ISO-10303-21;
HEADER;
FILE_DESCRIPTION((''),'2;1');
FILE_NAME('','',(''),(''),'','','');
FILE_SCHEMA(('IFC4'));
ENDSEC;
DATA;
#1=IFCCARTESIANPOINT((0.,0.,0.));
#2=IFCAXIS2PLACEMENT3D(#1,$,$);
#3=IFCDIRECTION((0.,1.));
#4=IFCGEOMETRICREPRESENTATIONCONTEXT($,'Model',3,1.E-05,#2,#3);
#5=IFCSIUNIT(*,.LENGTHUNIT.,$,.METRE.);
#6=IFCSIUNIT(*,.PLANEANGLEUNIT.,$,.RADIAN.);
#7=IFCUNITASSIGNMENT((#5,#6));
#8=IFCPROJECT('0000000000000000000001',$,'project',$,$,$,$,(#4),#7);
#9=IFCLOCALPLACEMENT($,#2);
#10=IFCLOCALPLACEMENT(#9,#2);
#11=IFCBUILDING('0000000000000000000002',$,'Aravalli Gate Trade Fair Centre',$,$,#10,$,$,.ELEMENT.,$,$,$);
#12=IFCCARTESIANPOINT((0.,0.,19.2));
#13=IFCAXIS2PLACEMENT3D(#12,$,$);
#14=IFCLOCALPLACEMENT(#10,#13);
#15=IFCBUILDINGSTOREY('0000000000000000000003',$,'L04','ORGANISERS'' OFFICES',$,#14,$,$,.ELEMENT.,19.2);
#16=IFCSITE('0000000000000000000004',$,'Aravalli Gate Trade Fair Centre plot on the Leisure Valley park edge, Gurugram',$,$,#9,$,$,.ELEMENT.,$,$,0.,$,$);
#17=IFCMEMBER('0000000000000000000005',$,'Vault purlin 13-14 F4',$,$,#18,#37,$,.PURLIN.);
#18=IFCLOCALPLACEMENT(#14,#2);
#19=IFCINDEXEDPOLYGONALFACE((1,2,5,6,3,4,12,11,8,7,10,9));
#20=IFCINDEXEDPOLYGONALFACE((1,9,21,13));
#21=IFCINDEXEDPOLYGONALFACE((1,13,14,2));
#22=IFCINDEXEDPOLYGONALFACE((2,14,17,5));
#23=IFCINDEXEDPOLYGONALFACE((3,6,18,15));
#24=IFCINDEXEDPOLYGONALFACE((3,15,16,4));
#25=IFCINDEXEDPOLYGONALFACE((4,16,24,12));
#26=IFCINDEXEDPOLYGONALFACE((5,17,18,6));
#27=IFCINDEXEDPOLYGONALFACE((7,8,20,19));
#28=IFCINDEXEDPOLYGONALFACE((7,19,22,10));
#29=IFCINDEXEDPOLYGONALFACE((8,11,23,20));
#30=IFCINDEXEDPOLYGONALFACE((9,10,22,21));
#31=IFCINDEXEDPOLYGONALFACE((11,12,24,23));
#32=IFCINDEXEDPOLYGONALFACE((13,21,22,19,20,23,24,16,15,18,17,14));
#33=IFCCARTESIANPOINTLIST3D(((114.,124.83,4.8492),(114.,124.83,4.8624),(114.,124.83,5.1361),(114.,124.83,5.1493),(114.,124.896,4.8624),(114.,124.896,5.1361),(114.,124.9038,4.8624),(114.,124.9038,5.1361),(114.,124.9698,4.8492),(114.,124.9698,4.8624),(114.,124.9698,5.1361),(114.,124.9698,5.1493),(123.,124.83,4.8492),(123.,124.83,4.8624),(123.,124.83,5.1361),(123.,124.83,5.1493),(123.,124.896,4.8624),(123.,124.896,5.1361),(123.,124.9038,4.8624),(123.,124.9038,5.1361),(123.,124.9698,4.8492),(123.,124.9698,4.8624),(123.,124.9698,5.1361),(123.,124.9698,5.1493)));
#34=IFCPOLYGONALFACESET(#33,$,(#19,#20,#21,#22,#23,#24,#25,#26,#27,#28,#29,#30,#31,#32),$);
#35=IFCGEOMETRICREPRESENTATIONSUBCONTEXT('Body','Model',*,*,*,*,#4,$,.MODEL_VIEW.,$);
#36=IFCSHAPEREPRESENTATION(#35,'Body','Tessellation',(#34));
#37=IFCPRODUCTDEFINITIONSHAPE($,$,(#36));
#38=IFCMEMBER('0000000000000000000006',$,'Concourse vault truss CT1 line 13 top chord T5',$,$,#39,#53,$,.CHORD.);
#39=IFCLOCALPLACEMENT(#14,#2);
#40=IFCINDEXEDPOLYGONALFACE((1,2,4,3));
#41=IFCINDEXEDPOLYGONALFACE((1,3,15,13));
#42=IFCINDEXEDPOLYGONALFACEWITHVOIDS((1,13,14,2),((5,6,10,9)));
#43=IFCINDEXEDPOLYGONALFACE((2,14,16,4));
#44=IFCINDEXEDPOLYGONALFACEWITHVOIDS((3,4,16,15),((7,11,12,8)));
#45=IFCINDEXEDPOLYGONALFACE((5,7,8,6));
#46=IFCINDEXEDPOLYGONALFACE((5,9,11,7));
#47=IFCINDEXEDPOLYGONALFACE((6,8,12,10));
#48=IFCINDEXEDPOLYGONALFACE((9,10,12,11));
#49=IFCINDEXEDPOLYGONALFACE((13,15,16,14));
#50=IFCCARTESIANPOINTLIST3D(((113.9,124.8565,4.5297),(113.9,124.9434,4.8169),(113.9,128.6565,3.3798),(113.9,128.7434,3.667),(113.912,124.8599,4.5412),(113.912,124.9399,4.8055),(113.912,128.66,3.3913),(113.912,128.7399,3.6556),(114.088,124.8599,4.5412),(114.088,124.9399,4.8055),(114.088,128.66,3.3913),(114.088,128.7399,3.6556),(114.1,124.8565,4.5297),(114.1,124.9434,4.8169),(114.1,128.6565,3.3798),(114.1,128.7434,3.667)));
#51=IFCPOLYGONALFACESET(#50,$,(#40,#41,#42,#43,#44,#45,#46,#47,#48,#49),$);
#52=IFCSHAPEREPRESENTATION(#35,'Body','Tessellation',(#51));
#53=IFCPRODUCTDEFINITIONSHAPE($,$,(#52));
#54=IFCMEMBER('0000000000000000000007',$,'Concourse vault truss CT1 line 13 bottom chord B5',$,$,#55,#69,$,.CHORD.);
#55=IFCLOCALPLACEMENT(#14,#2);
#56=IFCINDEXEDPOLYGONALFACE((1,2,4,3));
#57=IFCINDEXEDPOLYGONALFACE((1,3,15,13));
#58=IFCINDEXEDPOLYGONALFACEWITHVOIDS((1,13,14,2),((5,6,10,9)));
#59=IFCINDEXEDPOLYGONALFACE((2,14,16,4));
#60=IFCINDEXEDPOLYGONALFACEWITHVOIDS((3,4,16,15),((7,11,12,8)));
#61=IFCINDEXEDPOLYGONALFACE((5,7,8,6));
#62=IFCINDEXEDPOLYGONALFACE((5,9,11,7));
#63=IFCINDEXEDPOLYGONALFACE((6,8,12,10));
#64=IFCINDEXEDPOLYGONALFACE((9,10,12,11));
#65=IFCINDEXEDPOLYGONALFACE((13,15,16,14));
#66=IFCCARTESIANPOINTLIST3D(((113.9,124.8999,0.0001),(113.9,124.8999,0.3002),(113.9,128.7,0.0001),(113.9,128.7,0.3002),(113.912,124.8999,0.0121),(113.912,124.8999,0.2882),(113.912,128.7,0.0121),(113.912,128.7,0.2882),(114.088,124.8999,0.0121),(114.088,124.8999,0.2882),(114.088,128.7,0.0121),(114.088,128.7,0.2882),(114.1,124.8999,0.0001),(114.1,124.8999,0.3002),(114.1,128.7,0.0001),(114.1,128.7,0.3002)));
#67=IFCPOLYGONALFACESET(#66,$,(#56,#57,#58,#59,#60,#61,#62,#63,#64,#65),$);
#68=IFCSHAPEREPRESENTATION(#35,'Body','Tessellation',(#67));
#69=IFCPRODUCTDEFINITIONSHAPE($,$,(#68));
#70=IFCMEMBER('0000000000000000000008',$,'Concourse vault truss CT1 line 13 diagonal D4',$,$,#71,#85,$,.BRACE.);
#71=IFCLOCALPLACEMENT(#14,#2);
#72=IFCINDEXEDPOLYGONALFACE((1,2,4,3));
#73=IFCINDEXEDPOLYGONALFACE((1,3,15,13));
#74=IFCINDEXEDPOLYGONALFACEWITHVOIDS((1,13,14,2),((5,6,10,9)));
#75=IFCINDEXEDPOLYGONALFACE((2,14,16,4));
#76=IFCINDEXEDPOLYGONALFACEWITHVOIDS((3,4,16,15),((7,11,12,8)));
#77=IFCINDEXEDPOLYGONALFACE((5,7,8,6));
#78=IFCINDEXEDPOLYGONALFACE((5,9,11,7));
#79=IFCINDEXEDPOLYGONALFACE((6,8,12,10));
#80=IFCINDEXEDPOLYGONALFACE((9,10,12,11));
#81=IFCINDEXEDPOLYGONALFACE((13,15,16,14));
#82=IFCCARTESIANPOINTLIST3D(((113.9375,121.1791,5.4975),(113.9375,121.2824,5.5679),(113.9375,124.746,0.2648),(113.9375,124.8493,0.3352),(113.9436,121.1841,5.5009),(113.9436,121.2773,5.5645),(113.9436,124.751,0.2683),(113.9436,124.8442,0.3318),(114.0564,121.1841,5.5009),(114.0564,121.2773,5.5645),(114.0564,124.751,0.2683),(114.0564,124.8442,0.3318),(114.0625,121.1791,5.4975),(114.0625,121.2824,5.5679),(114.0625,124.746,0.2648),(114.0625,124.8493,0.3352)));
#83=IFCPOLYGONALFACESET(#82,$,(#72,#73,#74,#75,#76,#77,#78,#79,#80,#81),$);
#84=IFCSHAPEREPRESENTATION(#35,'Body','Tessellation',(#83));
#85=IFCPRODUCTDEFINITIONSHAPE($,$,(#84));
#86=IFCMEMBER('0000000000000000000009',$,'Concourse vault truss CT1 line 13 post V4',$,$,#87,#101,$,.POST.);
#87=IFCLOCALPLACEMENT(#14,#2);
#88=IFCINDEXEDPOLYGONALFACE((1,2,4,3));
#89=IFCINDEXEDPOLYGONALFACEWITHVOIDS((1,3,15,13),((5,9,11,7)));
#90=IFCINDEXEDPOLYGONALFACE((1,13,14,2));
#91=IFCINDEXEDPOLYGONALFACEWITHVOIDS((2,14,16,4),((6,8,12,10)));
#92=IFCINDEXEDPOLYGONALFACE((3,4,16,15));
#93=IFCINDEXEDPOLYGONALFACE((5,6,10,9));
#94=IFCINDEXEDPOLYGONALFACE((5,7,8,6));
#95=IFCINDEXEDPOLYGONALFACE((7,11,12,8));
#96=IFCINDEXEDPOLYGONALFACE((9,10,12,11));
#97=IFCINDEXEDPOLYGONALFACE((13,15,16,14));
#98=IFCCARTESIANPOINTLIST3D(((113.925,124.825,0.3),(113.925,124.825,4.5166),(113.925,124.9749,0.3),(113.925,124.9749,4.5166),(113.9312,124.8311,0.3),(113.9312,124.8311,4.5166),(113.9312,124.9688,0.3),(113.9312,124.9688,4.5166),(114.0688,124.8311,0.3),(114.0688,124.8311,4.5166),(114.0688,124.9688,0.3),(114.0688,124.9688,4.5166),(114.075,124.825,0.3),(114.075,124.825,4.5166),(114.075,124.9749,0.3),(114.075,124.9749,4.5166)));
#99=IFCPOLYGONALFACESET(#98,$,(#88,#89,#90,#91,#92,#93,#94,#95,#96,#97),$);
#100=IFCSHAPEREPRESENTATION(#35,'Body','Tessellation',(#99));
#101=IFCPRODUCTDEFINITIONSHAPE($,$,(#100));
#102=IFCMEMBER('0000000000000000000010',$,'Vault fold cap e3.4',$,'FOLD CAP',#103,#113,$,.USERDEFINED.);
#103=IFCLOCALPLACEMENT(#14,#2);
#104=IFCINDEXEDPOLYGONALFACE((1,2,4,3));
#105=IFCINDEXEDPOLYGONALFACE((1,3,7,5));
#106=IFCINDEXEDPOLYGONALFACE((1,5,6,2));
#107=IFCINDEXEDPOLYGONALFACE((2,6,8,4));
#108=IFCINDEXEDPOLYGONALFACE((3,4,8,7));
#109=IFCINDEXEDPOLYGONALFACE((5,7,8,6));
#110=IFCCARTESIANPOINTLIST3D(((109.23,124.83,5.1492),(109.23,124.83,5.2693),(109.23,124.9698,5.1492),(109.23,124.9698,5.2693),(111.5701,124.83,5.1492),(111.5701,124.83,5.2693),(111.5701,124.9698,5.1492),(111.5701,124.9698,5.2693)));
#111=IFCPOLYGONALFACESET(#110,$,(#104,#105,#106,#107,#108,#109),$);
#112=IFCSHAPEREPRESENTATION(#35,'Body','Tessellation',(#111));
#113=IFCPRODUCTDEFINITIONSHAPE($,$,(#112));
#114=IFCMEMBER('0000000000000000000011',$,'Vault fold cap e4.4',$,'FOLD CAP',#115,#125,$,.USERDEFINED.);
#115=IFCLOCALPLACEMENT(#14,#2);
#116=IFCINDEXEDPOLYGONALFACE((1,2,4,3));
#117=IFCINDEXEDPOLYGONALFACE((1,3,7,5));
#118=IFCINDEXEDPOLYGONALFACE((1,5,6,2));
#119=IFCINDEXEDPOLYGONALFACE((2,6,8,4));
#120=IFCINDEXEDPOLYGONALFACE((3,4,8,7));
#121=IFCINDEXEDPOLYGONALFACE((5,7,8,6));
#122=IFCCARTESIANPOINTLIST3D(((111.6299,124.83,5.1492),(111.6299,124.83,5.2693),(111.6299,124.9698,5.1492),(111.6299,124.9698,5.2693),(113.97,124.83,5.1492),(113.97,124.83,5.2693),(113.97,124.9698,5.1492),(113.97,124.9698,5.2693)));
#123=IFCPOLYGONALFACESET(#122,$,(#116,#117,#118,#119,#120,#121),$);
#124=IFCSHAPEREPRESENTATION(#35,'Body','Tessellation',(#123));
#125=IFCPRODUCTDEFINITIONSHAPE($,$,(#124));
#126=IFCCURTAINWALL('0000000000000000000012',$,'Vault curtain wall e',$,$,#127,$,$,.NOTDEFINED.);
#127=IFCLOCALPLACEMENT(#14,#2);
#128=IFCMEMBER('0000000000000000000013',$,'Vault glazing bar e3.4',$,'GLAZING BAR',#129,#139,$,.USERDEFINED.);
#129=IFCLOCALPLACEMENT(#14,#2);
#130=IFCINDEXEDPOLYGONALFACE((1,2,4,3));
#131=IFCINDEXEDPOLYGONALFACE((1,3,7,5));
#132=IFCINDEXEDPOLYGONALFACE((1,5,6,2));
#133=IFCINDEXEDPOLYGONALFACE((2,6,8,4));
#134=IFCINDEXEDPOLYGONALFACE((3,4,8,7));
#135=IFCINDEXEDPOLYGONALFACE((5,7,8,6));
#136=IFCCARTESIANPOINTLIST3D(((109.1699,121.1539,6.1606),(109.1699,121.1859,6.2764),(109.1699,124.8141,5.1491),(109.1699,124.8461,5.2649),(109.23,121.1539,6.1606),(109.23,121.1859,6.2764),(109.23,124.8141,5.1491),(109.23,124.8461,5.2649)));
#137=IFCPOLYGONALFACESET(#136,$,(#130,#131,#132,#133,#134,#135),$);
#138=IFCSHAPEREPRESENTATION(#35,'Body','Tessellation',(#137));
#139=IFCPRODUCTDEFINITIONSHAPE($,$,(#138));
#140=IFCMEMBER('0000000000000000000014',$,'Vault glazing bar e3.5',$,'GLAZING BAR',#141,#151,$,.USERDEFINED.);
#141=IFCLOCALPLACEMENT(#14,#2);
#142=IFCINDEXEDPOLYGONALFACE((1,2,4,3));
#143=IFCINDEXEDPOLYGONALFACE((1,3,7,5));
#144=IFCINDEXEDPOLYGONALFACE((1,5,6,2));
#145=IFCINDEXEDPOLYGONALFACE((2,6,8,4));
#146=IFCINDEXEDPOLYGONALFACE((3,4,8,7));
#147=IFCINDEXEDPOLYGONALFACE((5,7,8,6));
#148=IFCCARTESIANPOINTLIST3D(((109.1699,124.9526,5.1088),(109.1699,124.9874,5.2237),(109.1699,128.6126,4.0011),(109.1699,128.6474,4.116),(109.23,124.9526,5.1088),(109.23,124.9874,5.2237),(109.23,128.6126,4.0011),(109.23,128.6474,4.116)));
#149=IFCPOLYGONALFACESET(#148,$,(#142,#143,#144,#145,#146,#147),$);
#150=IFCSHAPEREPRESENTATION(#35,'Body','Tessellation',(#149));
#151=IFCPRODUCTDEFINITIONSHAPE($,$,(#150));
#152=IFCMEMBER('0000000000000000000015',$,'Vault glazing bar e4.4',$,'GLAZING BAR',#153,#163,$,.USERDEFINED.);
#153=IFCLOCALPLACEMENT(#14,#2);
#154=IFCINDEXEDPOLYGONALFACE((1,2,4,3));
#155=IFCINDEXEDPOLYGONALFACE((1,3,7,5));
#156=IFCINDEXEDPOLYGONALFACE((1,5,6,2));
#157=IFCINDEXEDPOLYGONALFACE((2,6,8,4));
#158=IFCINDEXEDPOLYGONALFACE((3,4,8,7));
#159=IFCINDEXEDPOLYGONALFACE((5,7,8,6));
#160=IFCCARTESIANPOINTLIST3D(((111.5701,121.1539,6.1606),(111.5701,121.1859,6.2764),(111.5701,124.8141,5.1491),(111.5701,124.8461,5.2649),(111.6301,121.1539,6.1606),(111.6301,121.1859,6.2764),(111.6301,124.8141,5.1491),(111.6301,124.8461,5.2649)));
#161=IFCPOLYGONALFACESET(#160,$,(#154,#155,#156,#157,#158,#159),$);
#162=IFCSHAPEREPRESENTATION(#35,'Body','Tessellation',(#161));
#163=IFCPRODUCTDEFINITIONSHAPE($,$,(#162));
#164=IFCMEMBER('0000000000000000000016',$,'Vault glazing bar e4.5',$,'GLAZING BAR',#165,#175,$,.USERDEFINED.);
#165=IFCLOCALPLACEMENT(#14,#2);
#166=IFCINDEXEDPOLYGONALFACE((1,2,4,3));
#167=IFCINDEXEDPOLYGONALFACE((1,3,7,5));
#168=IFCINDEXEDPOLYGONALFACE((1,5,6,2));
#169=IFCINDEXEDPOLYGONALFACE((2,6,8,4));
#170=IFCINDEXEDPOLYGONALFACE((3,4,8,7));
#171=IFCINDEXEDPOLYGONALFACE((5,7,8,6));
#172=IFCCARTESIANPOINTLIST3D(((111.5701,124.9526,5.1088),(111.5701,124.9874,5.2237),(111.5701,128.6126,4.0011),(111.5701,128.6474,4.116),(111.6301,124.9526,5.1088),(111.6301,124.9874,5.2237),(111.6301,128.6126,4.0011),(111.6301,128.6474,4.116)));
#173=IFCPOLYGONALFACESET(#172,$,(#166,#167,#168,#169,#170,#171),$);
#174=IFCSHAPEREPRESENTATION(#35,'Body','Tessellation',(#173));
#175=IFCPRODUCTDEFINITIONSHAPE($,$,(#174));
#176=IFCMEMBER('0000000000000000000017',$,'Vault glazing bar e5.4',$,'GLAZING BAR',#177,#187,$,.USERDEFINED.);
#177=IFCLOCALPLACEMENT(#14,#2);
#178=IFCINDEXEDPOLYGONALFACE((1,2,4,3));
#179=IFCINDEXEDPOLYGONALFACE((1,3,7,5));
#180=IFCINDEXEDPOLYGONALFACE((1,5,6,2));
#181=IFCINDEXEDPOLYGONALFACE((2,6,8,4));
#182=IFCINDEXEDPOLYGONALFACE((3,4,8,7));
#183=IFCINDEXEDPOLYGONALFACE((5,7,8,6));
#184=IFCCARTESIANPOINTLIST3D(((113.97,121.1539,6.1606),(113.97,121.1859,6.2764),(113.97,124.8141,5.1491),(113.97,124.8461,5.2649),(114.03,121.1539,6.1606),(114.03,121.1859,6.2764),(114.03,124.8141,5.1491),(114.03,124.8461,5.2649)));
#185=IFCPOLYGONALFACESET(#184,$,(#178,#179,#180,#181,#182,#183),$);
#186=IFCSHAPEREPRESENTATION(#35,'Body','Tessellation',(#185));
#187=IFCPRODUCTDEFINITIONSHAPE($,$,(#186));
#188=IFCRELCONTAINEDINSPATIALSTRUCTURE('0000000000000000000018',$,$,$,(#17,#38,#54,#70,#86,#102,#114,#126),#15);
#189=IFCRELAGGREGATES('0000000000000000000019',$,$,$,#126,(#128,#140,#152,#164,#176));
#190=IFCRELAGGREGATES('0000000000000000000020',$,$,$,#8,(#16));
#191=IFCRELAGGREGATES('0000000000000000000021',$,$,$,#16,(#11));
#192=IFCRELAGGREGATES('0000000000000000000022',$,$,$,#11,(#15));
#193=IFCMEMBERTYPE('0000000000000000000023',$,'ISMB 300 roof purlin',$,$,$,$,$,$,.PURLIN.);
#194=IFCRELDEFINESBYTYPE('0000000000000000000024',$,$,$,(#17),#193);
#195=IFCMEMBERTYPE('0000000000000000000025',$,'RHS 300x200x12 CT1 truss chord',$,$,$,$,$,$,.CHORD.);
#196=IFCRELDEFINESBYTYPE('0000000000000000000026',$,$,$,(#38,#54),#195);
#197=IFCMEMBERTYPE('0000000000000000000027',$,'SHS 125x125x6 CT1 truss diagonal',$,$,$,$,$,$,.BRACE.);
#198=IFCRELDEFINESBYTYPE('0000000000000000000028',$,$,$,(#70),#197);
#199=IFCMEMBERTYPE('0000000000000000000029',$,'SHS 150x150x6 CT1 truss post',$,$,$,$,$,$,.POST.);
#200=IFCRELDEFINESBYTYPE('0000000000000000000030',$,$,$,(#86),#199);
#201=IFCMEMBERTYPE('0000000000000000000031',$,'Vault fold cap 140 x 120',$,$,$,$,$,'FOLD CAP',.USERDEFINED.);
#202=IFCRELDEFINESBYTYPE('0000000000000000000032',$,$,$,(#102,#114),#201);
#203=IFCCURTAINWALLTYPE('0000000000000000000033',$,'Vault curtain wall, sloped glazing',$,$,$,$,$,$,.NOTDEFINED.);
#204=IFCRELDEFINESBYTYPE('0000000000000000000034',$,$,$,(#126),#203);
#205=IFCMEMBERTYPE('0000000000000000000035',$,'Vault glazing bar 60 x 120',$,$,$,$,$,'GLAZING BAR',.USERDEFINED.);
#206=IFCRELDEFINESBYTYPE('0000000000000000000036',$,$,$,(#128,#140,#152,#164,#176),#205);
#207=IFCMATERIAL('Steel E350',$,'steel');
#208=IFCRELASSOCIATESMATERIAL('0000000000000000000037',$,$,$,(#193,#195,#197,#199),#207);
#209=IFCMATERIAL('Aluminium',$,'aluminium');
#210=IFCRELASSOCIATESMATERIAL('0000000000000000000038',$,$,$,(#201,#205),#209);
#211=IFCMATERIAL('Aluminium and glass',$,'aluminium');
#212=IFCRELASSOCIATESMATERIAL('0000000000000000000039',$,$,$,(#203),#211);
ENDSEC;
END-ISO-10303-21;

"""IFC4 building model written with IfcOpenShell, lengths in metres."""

from ifc_helpers import new_model, si_unit, direction, frame, origin, origin_2d, place, context, subcontext, project, spatial, rectangle, hollow_rectangle, i_section, extrude, material, material_profile, profile_set, type_object, element, aggregate, save


model = new_model("IFC4")

# Units and contexts
model_context = context("Model", 3, precision=1e-05, world=origin(), true_north=direction((0.0, 1.0)))
body_context = subcontext(model_context, "Body", "Model", "MODEL_VIEW")
ifc_project = project(units=[si_unit("LENGTHUNIT", "METRE"), si_unit("PLANEANGLEUNIT", "RADIAN")], contexts=[model_context])

# Site, building, storey
site_placement = place(None, origin())
site = spatial("IfcSite", under=ifc_project, at=site_placement, Name="Aravalli Gate Trade Fair Centre plot on the Leisure Valley park edge, Gurugram", CompositionType="ELEMENT", RefElevation=0.0)
building_placement = place(site_placement, origin())
building = spatial("IfcBuilding", under=site, at=building_placement, Name="Aravalli Gate Trade Fair Centre", CompositionType="ELEMENT")
storey_placement = place(building_placement, frame((0.0, 0.0, 19.2)))
storey = spatial("IfcBuildingStorey", under=building, at=storey_placement, Name="L04", Description="ORGANISERS' OFFICES", CompositionType="ELEMENT", Elevation=19.2)

# Members
ifc_material_1 = material(Name="Steel E350", Category="steel")
ifc_material_profile_1 = material_profile(ifc_material_1, i_section(OverallWidth=0.1399, OverallDepth=0.3, WebThickness=0.0078, FlangeThickness=0.0132, at=origin_2d()), Name="ISMB 300")
ifc_profile_set_1 = profile_set([ifc_material_profile_1], Name="Steel E350")
member_type_1 = type_object("IfcMemberType", Name="ISMB 300 roof purlin", PredefinedType="PURLIN", material=ifc_profile_set_1)
member_1_placement = place(storey_placement, frame((114.0, 124.8999, 4.9993), z_axis=(1.0, 0.0, 0.0), x_axis=(0.0, 1.0, 0.0)))
element("IfcMember", 1, at=member_1_placement, inside=storey, type_object=member_type_1, Name="Vault purlin 13-14 F4", PredefinedType="PURLIN", context=body_context, shape_type="SweptSolid", body=[
    extrude(i_section(OverallWidth=0.1399, OverallDepth=0.3, WebThickness=0.0078, FlangeThickness=0.0132, at=origin_2d()), origin(), (0.0, 0.0, 1.0), 9.0),
])
ifc_material_profile_2 = material_profile(ifc_material_1, hollow_rectangle(XDim=0.2, YDim=0.3, WallThickness=0.012, at=origin_2d()), Name="RHS 300x200x12")
ifc_profile_set_2 = profile_set([ifc_material_profile_2], Name="Steel E350")
member_type_2 = type_object("IfcMemberType", Name="RHS 300x200x12 CT1 truss chord", PredefinedType="CHORD", material=ifc_profile_set_2)
member_2_placement = place(storey_placement, frame((114.0, 124.8999, 4.6733), z_axis=(0.0, 0.957138, -0.289632), x_axis=(-1.0, 0.0, 0.0)))
element("IfcMember", 2, at=member_2_placement, inside=storey, type_object=member_type_2, Name="Concourse vault truss CT1 line 13 top chord T5", PredefinedType="CHORD", context=body_context, shape_type="SweptSolid", body=[
    extrude(hollow_rectangle(XDim=0.2, YDim=0.3, WallThickness=0.012, at=origin_2d()), origin(), (0.0, 0.0, 1.0), 3.9702),
])
member_3_placement = place(storey_placement, frame((114.0, 124.8999, 0.1501), z_axis=(0.0, 1.0, 0.0), x_axis=(-1.0, 0.0, 0.0)))
element("IfcMember", 3, at=member_3_placement, inside=storey, type_object=member_type_2, Name="Concourse vault truss CT1 line 13 bottom chord B5", PredefinedType="CHORD", context=body_context, shape_type="SweptSolid", body=[
    extrude(hollow_rectangle(XDim=0.2, YDim=0.3, WallThickness=0.012, at=origin_2d()), origin(), (0.0, 0.0, 1.0), 3.8),
])
ifc_material_profile_3 = material_profile(ifc_material_1, hollow_rectangle(XDim=0.125, YDim=0.125, WallThickness=0.0061, at=origin_2d()), Name="SHS 125x125x6")
ifc_profile_set_3 = profile_set([ifc_material_profile_3], Name="Steel E350")
member_type_3 = type_object("IfcMemberType", Name="SHS 125x125x6 CT1 truss diagonal", PredefinedType="BRACE", material=ifc_profile_set_3)
member_4_placement = place(storey_placement, frame((114.0, 121.2307, 5.5327), z_axis=(0.0, 0.563247, -0.826289), x_axis=(-1.0, 0.0, 0.0)))
element("IfcMember", 4, at=member_4_placement, inside=storey, type_object=member_type_3, Name="Concourse vault truss CT1 line 13 diagonal D4", PredefinedType="BRACE", context=body_context, shape_type="SweptSolid", body=[
    extrude(hollow_rectangle(XDim=0.125, YDim=0.125, WallThickness=0.0061, at=origin_2d()), origin(), (0.0, 0.0, 1.0), 6.3328),
])
ifc_material_profile_4 = material_profile(ifc_material_1, hollow_rectangle(XDim=0.1499, YDim=0.1499, WallThickness=0.0061, at=origin_2d()), Name="SHS 150x150x6")
ifc_profile_set_4 = profile_set([ifc_material_profile_4], Name="Steel E350")
member_type_4 = type_object("IfcMemberType", Name="SHS 150x150x6 CT1 truss post", PredefinedType="POST", material=ifc_profile_set_4)
member_5_placement = place(storey_placement, frame((114.0, 124.8999, 0.3), z_axis=(0.0, 0.0, 1.0), x_axis=(1.0, 0.0, 0.0)))
element("IfcMember", 5, at=member_5_placement, inside=storey, type_object=member_type_4, Name="Concourse vault truss CT1 line 13 post V4", PredefinedType="POST", context=body_context, shape_type="SweptSolid", body=[
    extrude(hollow_rectangle(XDim=0.1499, YDim=0.1499, WallThickness=0.0061, at=origin_2d()), origin(), (0.0, 0.0, 1.0), 4.2166),
])
ifc_material_2 = material(Name="Aluminium", Category="aluminium")
ifc_material_profile_5 = material_profile(ifc_material_2, rectangle(XDim=0.1399, YDim=0.1201, at=origin_2d()), Name="Vault fold cap 140 x 120")
ifc_profile_set_5 = profile_set([ifc_material_profile_5], Name="Aluminium")
member_type_5 = type_object("IfcMemberType", Name="Vault fold cap 140 x 120", ElementType="FOLD CAP", PredefinedType="USERDEFINED", material=ifc_profile_set_5)
for number, where, z_axis, x_axis, name in (
    (6, (109.23, 124.8999, 5.2092), (1.0, 0.0, 0.0), (0.0, 1.0, 0.0), "Vault fold cap e3.4"),
    (7, (111.6299, 124.8999, 5.2092), (1.0, 0.0, 0.0), (0.0, 1.0, 0.0), "Vault fold cap e4.4"),
):
    element("IfcMember", number, at=place(storey_placement, frame(where, z_axis=z_axis, x_axis=x_axis)), inside=storey, type_object=member_type_5, Name=name, ObjectType="FOLD CAP", PredefinedType="USERDEFINED", context=body_context, shape_type="SweptSolid", body=[
        extrude(rectangle(XDim=0.1399, YDim=0.1201, at=origin_2d()), origin(), (0.0, 0.0, 1.0), 2.3401),
    ])

# Curtain wall, members
ifc_material_3 = material(Name="Aluminium and glass", Category="aluminium")
curtain_wall_type = type_object("IfcCurtainWallType", Name="Vault curtain wall, sloped glazing", PredefinedType="NOTDEFINED", material=ifc_material_3)
curtain_wall_placement = place(storey_placement, origin())
curtain_wall = element("IfcCurtainWall", 8, at=curtain_wall_placement, inside=storey, type_object=curtain_wall_type, Name="Vault curtain wall e", PredefinedType="NOTDEFINED")
ifc_material_profile_6 = material_profile(ifc_material_2, rectangle(XDim=0.0601, YDim=0.1201, at=origin_2d()), Name="Vault glazing bar 60 x 120")
ifc_profile_set_6 = profile_set([ifc_material_profile_6], Name="Aluminium")
member_type_6 = type_object("IfcMemberType", Name="Vault glazing bar 60 x 120", ElementType="GLAZING BAR", PredefinedType="USERDEFINED", material=ifc_profile_set_6)
member_6_placement = place(storey_placement, frame((109.2, 121.1699, 6.2185), z_axis=(0.0, 0.963873, -0.266364), x_axis=(-1.0, 0.0, 0.0)))
member_6 = element("IfcMember", 9, at=member_6_placement, type_object=member_type_6, Name="Vault glazing bar e3.4", ObjectType="GLAZING BAR", PredefinedType="USERDEFINED", context=body_context, shape_type="SweptSolid", body=[
    extrude(rectangle(XDim=0.0601, YDim=0.1201, at=origin_2d()), origin(), (0.0, 0.0, 1.0), 3.7974),
])
member_7_placement = place(storey_placement, frame((109.2, 124.97, 5.1663), z_axis=(0.0, 0.957126, -0.289672), x_axis=(-1.0, 0.0, 0.0)))
member_7 = element("IfcMember", 10, at=member_7_placement, type_object=member_type_6, Name="Vault glazing bar e3.5", ObjectType="GLAZING BAR", PredefinedType="USERDEFINED", context=body_context, shape_type="SweptSolid", body=[
    extrude(rectangle(XDim=0.0601, YDim=0.1201, at=origin_2d()), origin(), (0.0, 0.0, 1.0), 3.824),
])
member_8_placement = place(storey_placement, frame((111.6001, 121.1699, 6.2185), z_axis=(0.0, 0.963873, -0.266364), x_axis=(-1.0, 0.0, 0.0)))
member_8 = element("IfcMember", 11, at=member_8_placement, type_object=member_type_6, Name="Vault glazing bar e4.4", ObjectType="GLAZING BAR", PredefinedType="USERDEFINED", context=body_context, shape_type="SweptSolid", body=[
    extrude(rectangle(XDim=0.0601, YDim=0.1201, at=origin_2d()), origin(), (0.0, 0.0, 1.0), 3.7974),
])
member_9_placement = place(storey_placement, frame((111.6001, 124.97, 5.1663), z_axis=(0.0, 0.957126, -0.289672), x_axis=(-1.0, 0.0, 0.0)))
member_9 = element("IfcMember", 12, at=member_9_placement, type_object=member_type_6, Name="Vault glazing bar e4.5", ObjectType="GLAZING BAR", PredefinedType="USERDEFINED", context=body_context, shape_type="SweptSolid", body=[
    extrude(rectangle(XDim=0.0601, YDim=0.1201, at=origin_2d()), origin(), (0.0, 0.0, 1.0), 3.824),
])
member_10_placement = place(storey_placement, frame((114.0, 121.1699, 6.2185), z_axis=(0.0, 0.963873, -0.266364), x_axis=(-1.0, 0.0, 0.0)))
member_10 = element("IfcMember", 13, at=member_10_placement, type_object=member_type_6, Name="Vault glazing bar e5.4", ObjectType="GLAZING BAR", PredefinedType="USERDEFINED", context=body_context, shape_type="SweptSolid", body=[
    extrude(rectangle(XDim=0.0601, YDim=0.1201, at=origin_2d()), origin(), (0.0, 0.0, 1.0), 3.7974),
])
aggregate(curtain_wall, [member_6, member_7, member_8, member_9, member_10])

save(model, "model.ifc")
